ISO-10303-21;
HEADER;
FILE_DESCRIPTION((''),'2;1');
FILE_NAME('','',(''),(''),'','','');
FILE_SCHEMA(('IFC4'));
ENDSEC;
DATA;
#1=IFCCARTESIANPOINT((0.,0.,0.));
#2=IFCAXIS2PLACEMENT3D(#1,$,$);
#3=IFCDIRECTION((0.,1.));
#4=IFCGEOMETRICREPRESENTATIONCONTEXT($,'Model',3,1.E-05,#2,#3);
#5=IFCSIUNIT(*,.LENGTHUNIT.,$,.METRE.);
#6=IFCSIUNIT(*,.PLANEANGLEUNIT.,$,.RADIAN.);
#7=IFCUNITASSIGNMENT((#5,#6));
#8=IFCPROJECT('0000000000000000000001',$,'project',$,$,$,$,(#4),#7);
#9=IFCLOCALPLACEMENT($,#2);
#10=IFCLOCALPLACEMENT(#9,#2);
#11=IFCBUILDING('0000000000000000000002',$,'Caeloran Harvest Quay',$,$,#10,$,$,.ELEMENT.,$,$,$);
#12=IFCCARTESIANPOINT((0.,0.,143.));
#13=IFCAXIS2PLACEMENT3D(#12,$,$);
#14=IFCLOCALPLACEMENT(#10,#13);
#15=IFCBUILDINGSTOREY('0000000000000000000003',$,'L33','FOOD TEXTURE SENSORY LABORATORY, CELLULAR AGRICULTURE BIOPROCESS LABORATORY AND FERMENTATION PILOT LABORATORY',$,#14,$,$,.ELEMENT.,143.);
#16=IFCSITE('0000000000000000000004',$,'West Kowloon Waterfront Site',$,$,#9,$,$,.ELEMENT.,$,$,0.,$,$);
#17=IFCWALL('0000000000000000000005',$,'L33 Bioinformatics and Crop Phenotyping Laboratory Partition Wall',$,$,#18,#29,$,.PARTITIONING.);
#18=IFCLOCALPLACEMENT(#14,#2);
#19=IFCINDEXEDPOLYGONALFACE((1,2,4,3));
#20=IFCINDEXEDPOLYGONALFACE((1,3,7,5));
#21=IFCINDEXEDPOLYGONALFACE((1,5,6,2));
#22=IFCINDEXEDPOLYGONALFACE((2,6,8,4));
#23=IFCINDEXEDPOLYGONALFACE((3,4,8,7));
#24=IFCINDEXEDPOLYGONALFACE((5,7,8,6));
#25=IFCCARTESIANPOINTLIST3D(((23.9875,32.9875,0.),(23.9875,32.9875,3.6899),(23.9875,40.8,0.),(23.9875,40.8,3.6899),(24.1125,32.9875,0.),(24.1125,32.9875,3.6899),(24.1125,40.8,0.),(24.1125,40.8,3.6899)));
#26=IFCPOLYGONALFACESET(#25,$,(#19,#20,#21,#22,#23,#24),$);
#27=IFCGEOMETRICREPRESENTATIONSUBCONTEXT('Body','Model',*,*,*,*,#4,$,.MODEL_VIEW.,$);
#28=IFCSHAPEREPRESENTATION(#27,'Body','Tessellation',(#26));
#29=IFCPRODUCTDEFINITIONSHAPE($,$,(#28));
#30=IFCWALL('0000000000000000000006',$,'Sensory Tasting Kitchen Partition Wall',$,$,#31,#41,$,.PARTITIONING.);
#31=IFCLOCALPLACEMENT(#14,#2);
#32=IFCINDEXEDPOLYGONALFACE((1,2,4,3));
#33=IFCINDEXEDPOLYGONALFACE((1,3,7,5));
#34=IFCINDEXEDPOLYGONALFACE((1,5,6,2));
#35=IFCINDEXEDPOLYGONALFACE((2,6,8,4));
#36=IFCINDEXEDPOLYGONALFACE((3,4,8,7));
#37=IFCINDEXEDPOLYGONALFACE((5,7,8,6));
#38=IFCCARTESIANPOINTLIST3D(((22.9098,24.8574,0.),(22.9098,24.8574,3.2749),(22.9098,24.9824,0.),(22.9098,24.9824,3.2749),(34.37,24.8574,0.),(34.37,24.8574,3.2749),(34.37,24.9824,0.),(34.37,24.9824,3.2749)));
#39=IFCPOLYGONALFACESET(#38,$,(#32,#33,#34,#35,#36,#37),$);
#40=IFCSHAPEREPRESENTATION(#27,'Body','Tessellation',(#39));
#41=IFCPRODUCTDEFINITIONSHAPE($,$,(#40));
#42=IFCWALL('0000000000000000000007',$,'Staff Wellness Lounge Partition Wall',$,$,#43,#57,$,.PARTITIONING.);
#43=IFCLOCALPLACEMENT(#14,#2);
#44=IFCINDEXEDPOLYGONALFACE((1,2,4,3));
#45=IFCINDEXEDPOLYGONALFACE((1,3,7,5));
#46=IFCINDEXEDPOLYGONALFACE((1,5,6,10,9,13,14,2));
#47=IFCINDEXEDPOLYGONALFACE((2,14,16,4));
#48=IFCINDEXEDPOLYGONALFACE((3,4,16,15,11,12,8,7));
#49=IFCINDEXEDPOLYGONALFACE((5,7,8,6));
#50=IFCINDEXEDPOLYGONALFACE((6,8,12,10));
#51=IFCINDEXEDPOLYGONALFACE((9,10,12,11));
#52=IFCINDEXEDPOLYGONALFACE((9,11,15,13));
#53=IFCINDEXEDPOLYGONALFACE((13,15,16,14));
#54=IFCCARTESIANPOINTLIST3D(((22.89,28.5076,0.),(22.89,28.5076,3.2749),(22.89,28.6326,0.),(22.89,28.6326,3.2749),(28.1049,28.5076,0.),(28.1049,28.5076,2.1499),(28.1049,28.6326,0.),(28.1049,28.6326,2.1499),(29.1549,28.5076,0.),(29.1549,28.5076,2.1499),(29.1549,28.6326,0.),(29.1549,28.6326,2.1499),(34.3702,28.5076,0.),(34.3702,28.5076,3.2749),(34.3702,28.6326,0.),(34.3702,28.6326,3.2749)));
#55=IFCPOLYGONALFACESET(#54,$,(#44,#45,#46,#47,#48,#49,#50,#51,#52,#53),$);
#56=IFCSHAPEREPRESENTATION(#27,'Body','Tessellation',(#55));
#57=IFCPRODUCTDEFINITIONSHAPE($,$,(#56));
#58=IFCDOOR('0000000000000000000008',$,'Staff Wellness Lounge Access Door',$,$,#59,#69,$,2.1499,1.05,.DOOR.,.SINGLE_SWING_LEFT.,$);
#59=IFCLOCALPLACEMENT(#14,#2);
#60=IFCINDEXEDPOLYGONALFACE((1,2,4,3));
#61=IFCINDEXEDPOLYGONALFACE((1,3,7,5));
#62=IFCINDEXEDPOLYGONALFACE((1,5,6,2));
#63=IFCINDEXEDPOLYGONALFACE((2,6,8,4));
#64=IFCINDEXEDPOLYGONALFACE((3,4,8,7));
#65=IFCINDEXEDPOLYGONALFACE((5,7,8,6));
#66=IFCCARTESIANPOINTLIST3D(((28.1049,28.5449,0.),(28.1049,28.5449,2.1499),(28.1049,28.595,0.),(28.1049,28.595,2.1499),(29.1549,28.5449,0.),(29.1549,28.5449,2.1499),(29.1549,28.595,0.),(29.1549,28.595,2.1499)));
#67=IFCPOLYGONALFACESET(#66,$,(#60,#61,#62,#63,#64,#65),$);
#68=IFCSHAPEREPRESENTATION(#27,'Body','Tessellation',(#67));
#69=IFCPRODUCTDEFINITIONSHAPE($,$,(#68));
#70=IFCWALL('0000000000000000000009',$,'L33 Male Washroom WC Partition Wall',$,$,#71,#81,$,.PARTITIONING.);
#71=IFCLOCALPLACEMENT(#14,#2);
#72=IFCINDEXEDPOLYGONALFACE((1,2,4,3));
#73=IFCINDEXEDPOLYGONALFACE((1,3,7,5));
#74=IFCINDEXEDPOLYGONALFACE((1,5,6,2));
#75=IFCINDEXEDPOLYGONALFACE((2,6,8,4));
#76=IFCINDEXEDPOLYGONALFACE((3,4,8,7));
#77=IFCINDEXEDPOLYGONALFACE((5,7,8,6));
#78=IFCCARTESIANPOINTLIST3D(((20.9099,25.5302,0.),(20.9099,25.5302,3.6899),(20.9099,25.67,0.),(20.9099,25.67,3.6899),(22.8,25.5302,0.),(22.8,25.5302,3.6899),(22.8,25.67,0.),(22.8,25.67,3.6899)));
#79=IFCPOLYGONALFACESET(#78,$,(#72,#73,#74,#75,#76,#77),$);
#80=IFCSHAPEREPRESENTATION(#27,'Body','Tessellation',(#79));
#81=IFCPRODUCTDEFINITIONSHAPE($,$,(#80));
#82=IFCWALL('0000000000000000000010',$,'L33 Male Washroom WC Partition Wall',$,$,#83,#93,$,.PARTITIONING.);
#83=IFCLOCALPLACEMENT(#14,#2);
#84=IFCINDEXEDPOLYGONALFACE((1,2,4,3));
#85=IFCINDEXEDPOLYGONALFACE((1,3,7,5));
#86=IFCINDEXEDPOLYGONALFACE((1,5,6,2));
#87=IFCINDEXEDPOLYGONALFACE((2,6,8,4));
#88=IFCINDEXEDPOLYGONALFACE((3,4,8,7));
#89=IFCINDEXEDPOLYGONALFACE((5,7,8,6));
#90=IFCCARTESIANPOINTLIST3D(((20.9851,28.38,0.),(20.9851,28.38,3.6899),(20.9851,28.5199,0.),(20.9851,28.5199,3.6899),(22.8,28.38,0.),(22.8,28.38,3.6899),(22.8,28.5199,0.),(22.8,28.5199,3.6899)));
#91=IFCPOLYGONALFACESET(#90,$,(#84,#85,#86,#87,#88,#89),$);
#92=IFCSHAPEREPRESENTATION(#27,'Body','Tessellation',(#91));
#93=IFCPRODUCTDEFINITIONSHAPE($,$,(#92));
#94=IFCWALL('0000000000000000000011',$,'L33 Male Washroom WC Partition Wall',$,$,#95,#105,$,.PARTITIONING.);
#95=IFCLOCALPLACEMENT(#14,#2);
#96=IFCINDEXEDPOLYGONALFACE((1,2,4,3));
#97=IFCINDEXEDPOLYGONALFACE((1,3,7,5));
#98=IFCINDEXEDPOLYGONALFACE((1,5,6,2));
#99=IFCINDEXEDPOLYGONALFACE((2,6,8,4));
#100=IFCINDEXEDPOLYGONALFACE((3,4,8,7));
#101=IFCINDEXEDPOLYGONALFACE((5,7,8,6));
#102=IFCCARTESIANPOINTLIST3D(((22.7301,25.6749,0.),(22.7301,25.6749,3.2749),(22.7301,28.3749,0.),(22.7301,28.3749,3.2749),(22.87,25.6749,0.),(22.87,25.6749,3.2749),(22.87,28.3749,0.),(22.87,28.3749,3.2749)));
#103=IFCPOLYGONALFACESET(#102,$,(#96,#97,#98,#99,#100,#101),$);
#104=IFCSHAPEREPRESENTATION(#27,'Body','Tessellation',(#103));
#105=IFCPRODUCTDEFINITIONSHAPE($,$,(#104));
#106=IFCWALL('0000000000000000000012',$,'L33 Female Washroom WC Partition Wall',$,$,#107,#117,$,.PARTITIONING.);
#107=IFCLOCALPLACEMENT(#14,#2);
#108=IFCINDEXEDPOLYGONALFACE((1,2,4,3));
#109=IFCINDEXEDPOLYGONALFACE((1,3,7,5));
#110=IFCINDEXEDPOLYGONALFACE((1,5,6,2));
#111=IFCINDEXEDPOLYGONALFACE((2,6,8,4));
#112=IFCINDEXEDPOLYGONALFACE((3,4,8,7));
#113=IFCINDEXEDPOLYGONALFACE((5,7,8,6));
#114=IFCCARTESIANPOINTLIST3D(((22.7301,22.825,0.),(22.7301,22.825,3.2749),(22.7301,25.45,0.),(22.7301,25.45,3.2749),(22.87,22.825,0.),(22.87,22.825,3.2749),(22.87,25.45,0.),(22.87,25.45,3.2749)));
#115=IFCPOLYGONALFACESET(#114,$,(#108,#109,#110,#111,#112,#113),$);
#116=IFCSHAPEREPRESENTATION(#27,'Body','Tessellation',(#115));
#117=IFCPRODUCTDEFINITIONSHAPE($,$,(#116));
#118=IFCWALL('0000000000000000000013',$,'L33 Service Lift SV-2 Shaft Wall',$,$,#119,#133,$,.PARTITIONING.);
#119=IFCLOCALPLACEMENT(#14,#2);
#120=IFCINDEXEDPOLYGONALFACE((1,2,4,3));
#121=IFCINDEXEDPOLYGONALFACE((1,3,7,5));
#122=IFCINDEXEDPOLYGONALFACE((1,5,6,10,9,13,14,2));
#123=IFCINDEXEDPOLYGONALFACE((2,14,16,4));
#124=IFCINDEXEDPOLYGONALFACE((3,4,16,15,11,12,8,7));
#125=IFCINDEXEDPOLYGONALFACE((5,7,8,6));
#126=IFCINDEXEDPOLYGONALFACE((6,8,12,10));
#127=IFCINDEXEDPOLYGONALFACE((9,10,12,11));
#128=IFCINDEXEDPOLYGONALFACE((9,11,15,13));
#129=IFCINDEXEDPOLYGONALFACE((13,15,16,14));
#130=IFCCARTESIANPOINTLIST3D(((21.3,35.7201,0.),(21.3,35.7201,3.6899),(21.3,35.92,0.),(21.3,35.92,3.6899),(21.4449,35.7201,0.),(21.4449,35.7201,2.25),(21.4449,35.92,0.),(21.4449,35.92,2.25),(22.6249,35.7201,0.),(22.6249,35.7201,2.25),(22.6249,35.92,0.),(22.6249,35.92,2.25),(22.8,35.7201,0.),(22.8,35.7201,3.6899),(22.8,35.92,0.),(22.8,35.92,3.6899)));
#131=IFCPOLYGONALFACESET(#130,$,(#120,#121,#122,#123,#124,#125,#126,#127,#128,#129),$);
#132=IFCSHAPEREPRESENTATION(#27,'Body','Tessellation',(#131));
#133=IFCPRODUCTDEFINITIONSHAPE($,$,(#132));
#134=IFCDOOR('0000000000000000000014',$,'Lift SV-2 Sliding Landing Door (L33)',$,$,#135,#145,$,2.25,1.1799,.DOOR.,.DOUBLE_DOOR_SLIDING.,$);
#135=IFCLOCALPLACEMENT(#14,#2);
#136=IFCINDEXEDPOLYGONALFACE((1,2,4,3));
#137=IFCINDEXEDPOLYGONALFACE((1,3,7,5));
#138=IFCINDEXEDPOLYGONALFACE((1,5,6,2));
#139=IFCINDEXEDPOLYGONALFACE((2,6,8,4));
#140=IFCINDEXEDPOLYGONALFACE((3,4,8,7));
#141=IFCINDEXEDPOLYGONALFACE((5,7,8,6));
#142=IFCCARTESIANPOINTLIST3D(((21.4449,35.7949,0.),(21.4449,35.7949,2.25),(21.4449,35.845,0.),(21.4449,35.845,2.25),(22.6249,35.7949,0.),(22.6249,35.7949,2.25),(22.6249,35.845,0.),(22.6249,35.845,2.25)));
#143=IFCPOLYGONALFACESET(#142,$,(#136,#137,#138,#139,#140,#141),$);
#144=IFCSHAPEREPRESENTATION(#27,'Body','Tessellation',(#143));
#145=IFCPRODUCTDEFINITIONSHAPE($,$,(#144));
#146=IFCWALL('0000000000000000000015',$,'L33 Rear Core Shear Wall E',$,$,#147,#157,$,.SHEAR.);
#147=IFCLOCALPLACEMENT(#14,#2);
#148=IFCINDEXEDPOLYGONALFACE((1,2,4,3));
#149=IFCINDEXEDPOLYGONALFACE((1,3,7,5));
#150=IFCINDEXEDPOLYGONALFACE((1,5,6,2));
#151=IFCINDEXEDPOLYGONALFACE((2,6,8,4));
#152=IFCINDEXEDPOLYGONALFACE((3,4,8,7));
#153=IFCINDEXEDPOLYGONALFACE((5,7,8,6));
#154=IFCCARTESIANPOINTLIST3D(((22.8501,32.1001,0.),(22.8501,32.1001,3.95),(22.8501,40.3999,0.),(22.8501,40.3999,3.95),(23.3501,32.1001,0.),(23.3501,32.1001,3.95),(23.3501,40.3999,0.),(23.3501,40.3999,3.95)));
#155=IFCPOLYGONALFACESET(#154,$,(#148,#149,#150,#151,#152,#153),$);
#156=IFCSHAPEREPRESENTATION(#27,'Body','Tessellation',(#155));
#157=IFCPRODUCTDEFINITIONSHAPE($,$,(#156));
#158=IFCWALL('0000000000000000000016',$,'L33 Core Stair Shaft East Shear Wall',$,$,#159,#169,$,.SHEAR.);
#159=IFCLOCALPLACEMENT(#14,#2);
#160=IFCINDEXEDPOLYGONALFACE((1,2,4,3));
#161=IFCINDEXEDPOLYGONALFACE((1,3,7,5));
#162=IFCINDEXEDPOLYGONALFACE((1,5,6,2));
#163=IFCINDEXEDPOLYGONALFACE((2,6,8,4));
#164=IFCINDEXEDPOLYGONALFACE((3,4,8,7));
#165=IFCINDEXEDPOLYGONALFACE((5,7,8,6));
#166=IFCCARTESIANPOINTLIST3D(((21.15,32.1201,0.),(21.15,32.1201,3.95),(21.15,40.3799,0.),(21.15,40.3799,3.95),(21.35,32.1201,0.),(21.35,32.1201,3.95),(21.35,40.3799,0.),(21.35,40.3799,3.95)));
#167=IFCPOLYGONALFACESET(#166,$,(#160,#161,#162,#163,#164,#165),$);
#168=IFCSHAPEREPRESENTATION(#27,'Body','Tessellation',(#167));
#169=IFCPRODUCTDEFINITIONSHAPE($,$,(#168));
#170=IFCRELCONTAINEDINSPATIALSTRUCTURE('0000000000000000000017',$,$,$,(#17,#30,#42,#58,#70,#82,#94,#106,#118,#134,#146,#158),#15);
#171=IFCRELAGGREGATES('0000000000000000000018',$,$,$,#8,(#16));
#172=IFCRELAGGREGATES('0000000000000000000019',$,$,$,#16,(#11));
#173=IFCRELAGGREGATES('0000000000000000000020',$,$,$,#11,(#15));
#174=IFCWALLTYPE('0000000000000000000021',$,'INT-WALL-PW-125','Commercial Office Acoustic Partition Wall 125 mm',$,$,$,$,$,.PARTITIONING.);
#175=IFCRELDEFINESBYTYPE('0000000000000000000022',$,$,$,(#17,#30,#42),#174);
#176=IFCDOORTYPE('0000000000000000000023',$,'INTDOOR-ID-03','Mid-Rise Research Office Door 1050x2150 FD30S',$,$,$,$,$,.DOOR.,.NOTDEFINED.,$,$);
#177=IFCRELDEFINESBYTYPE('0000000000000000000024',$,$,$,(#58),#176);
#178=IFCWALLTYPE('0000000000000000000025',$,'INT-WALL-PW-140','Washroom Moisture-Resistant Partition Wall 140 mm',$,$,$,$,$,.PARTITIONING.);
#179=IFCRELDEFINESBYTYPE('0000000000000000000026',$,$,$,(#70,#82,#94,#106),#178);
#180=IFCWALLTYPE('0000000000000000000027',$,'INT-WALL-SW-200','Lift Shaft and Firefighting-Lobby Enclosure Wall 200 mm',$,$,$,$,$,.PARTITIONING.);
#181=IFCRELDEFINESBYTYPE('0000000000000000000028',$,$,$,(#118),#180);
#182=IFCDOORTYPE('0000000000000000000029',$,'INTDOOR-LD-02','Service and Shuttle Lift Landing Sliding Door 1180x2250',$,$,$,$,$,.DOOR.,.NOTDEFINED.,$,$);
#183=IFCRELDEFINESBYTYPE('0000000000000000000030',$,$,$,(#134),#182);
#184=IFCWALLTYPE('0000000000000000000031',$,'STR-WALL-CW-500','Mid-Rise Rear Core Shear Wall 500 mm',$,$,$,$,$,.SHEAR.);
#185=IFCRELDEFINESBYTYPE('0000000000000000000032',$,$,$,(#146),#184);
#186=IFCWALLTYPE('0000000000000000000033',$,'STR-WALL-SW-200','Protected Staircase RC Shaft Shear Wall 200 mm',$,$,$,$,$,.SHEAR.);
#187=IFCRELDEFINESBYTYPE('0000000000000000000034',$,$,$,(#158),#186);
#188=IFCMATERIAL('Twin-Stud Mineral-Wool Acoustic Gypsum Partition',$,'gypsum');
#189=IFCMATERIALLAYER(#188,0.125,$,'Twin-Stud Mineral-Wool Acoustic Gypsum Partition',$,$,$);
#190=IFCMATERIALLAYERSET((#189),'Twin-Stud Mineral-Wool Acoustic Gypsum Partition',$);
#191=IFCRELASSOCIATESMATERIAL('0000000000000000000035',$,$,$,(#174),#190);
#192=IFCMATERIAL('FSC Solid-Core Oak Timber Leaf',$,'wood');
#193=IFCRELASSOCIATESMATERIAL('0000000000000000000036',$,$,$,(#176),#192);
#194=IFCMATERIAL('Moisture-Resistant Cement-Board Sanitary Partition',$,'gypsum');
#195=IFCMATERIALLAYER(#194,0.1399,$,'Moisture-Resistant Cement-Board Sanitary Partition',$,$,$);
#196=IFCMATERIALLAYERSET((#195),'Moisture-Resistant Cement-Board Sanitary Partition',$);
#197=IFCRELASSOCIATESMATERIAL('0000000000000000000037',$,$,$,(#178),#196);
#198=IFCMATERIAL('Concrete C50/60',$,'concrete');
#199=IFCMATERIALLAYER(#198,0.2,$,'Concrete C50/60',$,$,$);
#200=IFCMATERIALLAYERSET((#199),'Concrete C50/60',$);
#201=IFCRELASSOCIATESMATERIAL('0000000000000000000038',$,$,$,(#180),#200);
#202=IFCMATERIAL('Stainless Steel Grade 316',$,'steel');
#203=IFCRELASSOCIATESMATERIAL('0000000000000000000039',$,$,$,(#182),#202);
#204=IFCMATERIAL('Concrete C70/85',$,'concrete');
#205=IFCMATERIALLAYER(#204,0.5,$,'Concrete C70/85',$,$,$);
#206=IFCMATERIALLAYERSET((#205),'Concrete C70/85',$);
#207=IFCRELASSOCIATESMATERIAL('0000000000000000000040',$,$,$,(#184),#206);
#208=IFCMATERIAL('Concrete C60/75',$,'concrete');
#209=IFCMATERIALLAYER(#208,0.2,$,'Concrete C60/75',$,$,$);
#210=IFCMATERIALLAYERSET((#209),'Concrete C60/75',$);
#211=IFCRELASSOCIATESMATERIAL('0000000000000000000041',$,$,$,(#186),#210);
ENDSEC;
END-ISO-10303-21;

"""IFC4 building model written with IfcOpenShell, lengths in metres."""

from ifc_helpers import new_model, si_unit, direction, frame, frame_2d, origin, place, context, subcontext, project, spatial, rectangle, extrude, material, layer, layer_set, type_object, element, fill, save


model = new_model("IFC4")

# Units and contexts
model_context = context("Model", 3, precision=1e-05, world=origin(), true_north=direction((0.0, 1.0)))
body_context = subcontext(model_context, "Body", "Model", "MODEL_VIEW")
ifc_project = project(units=[si_unit("LENGTHUNIT", "METRE"), si_unit("PLANEANGLEUNIT", "RADIAN")], contexts=[model_context])

# Site, building, storey
site_placement = place(None, origin())
site = spatial("IfcSite", under=ifc_project, at=site_placement, Name="West Kowloon Waterfront Site", CompositionType="ELEMENT", RefElevation=0.0)
building_placement = place(site_placement, origin())
building = spatial("IfcBuilding", under=site, at=building_placement, Name="Caeloran Harvest Quay", CompositionType="ELEMENT")
storey_placement = place(building_placement, frame((0.0, 0.0, 143.0)))
storey = spatial("IfcBuildingStorey", under=building, at=storey_placement, Name="L33", Description="FOOD TEXTURE SENSORY LABORATORY, CELLULAR AGRICULTURE BIOPROCESS LABORATORY AND FERMENTATION PILOT LABORATORY", CompositionType="ELEMENT", Elevation=143.0)

# Walls
ifc_material_1 = material(Name="Twin-Stud Mineral-Wool Acoustic Gypsum Partition", Category="gypsum")
ifc_layer_1 = layer(ifc_material_1, 0.125, Name="Twin-Stud Mineral-Wool Acoustic Gypsum Partition")
ifc_layer_set_1 = layer_set([ifc_layer_1], Name="Twin-Stud Mineral-Wool Acoustic Gypsum Partition")
wall_type_1 = type_object("IfcWallType", Name="INT-WALL-PW-125", Description="Commercial Office Acoustic Partition Wall 125 mm", PredefinedType="PARTITIONING", material=ifc_layer_set_1)
wall_1_placement = place(storey_placement, frame((24.05, 32.9875, 0.0), z_axis=(0.0, 0.0, 1.0), x_axis=(0.0, 1.0, 0.0)))
element("IfcWall", 1, at=wall_1_placement, inside=storey, type_object=wall_type_1, Name="L33 Bioinformatics and Crop Phenotyping Laboratory Partition Wall", PredefinedType="PARTITIONING", context=body_context, shape_type="SweptSolid", body=[
    extrude(rectangle(XDim=7.8125, YDim=0.125, at=frame_2d((3.9062, 0.0))), origin(), (0.0, 0.0, 1.0), 3.6899),
])
wall_2_placement = place(storey_placement, frame((22.9099, 24.9199, 0.0), z_axis=(0.0, 0.0, 1.0), x_axis=(1.0, 0.0, 0.0)))
element("IfcWall", 2, at=wall_2_placement, inside=storey, type_object=wall_type_1, Name="Sensory Tasting Kitchen Partition Wall", PredefinedType="PARTITIONING", context=body_context, shape_type="SweptSolid", body=[
    extrude(rectangle(XDim=11.4602, YDim=0.125, at=frame_2d((5.73, 0.0))), origin(), (0.0, 0.0, 1.0), 3.2749),
])

# Wall, opening, door
wall_3_placement = place(storey_placement, frame((22.8899, 28.5701, 0.0), z_axis=(0.0, 0.0, 1.0), x_axis=(1.0, 0.0, 0.0)))
wall_3 = element("IfcWall", 3, at=wall_3_placement, inside=storey, type_object=wall_type_1, Name="Staff Wellness Lounge Partition Wall", PredefinedType="PARTITIONING", context=body_context, shape_type="SweptSolid", body=[
    extrude(rectangle(XDim=11.4802, YDim=0.125, at=frame_2d((5.7402, 0.0))), origin(), (0.0, 0.0, 1.0), 3.2749),
])
opening_1_placement = place(wall_3_placement, frame((5.2151, 0.0, 0.0)))
opening_1 = element("IfcOpeningElement", 4, at=opening_1_placement, cuts=wall_3, PredefinedType="OPENING", context=body_context, shape_type="SweptSolid", body=[
    extrude(rectangle(XDim=1.05, YDim=2.1499, at=frame_2d((0.5249, 1.075))), frame((0.0, 0.0725, 0.0), z_axis=(0.0, -1.0, 0.0), x_axis=(1.0, 0.0, 0.0)), (0.0, 0.0, 1.0), 0.145),
])
ifc_material_2 = material(Name="FSC Solid-Core Oak Timber Leaf", Category="wood")
door_type_1 = type_object("IfcDoorType", Name="INTDOOR-ID-03", Description="Mid-Rise Research Office Door 1050x2150 FD30S", OperationType="NOTDEFINED", PredefinedType="DOOR", material=ifc_material_2)
door_1_placement = place(opening_1_placement, origin())
door_1 = element("IfcDoor", 5, at=door_1_placement, inside=storey, type_object=door_type_1, Name="Staff Wellness Lounge Access Door", OperationType="SINGLE_SWING_LEFT", OverallHeight=2.1499, OverallWidth=1.05, PredefinedType="DOOR", context=body_context, shape_type="SweptSolid", body=[
    extrude(rectangle(XDim=1.05, YDim=2.1499, at=frame_2d((0.5249, 1.075))), frame((0.0, 0.0249, 0.0), z_axis=(0.0, -1.0, 0.0), x_axis=(1.0, 0.0, 0.0)), (0.0, 0.0, 1.0), 0.05),
])
fill(opening_1, door_1)

# Wall
ifc_material_3 = material(Name="Moisture-Resistant Cement-Board Sanitary Partition", Category="gypsum")
ifc_layer_2 = layer(ifc_material_3, 0.1399, Name="Moisture-Resistant Cement-Board Sanitary Partition")
ifc_layer_set_2 = layer_set([ifc_layer_2], Name="Moisture-Resistant Cement-Board Sanitary Partition")
wall_type_2 = type_object("IfcWallType", Name="INT-WALL-PW-140", Description="Washroom Moisture-Resistant Partition Wall 140 mm", PredefinedType="PARTITIONING", material=ifc_layer_set_2)
wall_4_placement = place(storey_placement, frame((22.8, 25.6001, 0.0), z_axis=(0.0, 0.0, 1.0), x_axis=(-1.0, 0.0, 0.0)))
element("IfcWall", 6, at=wall_4_placement, inside=storey, type_object=wall_type_2, Name="L33 Male Washroom WC Partition Wall", PredefinedType="PARTITIONING", context=body_context, shape_type="SweptSolid", body=[
    extrude(rectangle(XDim=1.8901, YDim=0.1399, at=frame_2d((0.9451, 0.0))), origin(), (0.0, 0.0, 1.0), 3.6899),
])

# Walls
wall_5_placement = place(storey_placement, frame((20.9851, 28.45, 0.0), z_axis=(0.0, 0.0, 1.0), x_axis=(1.0, 0.0, 0.0)))
element("IfcWall", 7, at=wall_5_placement, inside=storey, type_object=wall_type_2, Name="L33 Male Washroom WC Partition Wall", PredefinedType="PARTITIONING", context=body_context, shape_type="SweptSolid", body=[
    extrude(rectangle(XDim=1.8149, YDim=0.1399, at=frame_2d((0.9075, 0.0))), origin(), (0.0, 0.0, 1.0), 3.6899),
])
wall_6_placement = place(storey_placement, frame((22.8, 28.375, 0.0), z_axis=(0.0, 0.0, 1.0), x_axis=(0.0, -1.0, 0.0)))
element("IfcWall", 8, at=wall_6_placement, inside=storey, type_object=wall_type_2, Name="L33 Male Washroom WC Partition Wall", PredefinedType="PARTITIONING", context=body_context, shape_type="SweptSolid", body=[
    extrude(rectangle(XDim=2.7, YDim=0.1399, at=frame_2d((1.3501, 0.0))), origin(), (0.0, 0.0, 1.0), 3.2749),
])
wall_7_placement = place(storey_placement, frame((22.8, 25.45, 0.0), z_axis=(0.0, 0.0, 1.0), x_axis=(0.0, -1.0, 0.0)))
element("IfcWall", 9, at=wall_7_placement, inside=storey, type_object=wall_type_2, Name="L33 Female Washroom WC Partition Wall", PredefinedType="PARTITIONING", context=body_context, shape_type="SweptSolid", body=[
    extrude(rectangle(XDim=2.625, YDim=0.1399, at=frame_2d((1.3125, 0.0))), origin(), (0.0, 0.0, 1.0), 3.2749),
])

# Wall, opening, door
ifc_material_4 = material(Name="Concrete C50/60", Category="concrete")
ifc_layer_3 = layer(ifc_material_4, 0.2, Name="Concrete C50/60")
ifc_layer_set_3 = layer_set([ifc_layer_3], Name="Concrete C50/60")
wall_type_3 = type_object("IfcWallType", Name="INT-WALL-SW-200", Description="Lift Shaft and Firefighting-Lobby Enclosure Wall 200 mm", PredefinedType="PARTITIONING", material=ifc_layer_set_3)
wall_8_placement = place(storey_placement, frame((21.3, 35.8201, 0.0), z_axis=(0.0, 0.0, 1.0), x_axis=(1.0, 0.0, 0.0)))
wall_8 = element("IfcWall", 10, at=wall_8_placement, inside=storey, type_object=wall_type_3, Name="L33 Service Lift SV-2 Shaft Wall", PredefinedType="PARTITIONING", context=body_context, shape_type="SweptSolid", body=[
    extrude(rectangle(XDim=1.5, YDim=0.2, at=frame_2d((0.75, 0.0))), origin(), (0.0, 0.0, 1.0), 3.6899),
])
opening_2_placement = place(wall_8_placement, frame((0.145, 0.0, 0.0)))
opening_2 = element("IfcOpeningElement", 11, at=opening_2_placement, cuts=wall_8, PredefinedType="OPENING", context=body_context, shape_type="SweptSolid", body=[
    extrude(rectangle(XDim=1.1799, YDim=2.25, at=frame_2d((0.5898, 1.125))), frame((0.0, 0.1099, 0.0), z_axis=(0.0, -1.0, 0.0), x_axis=(1.0, 0.0, 0.0)), (0.0, 0.0, 1.0), 0.22),
])
ifc_material_5 = material(Name="Stainless Steel Grade 316", Category="steel")
door_type_2 = type_object("IfcDoorType", Name="INTDOOR-LD-02", Description="Service and Shuttle Lift Landing Sliding Door 1180x2250", OperationType="NOTDEFINED", PredefinedType="DOOR", material=ifc_material_5)
door_2_placement = place(opening_2_placement, origin())
door_2 = element("IfcDoor", 12, at=door_2_placement, inside=storey, type_object=door_type_2, Name="Lift SV-2 Sliding Landing Door (L33)", OperationType="DOUBLE_DOOR_SLIDING", OverallHeight=2.25, OverallWidth=1.1799, PredefinedType="DOOR", context=body_context, shape_type="SweptSolid", body=[
    extrude(rectangle(XDim=1.1799, YDim=2.25, at=frame_2d((0.5898, 1.125))), frame((0.0, 0.0249, 0.0), z_axis=(0.0, -1.0, 0.0), x_axis=(1.0, 0.0, 0.0)), (0.0, 0.0, 1.0), 0.05),
])
fill(opening_2, door_2)

# Walls
ifc_material_6 = material(Name="Concrete C70/85", Category="concrete")
ifc_layer_4 = layer(ifc_material_6, 0.5, Name="Concrete C70/85")
ifc_layer_set_4 = layer_set([ifc_layer_4], Name="Concrete C70/85")
wall_type_4 = type_object("IfcWallType", Name="STR-WALL-CW-500", Description="Mid-Rise Rear Core Shear Wall 500 mm", PredefinedType="SHEAR", material=ifc_layer_set_4)
wall_9_placement = place(storey_placement, frame((23.1001, 32.1001, 0.0), z_axis=(0.0, 0.0, 1.0), x_axis=(0.0, 1.0, 0.0)))
element("IfcWall", 13, at=wall_9_placement, inside=storey, type_object=wall_type_4, Name="L33 Rear Core Shear Wall E", PredefinedType="SHEAR", context=body_context, shape_type="SweptSolid", body=[
    extrude(rectangle(XDim=8.2998, YDim=0.5, at=frame_2d((4.1499, 0.0))), origin(), (0.0, 0.0, 1.0), 3.95),
])
ifc_material_7 = material(Name="Concrete C60/75", Category="concrete")
ifc_layer_5 = layer(ifc_material_7, 0.2, Name="Concrete C60/75")
ifc_layer_set_5 = layer_set([ifc_layer_5], Name="Concrete C60/75")
wall_type_5 = type_object("IfcWallType", Name="STR-WALL-SW-200", Description="Protected Staircase RC Shaft Shear Wall 200 mm", PredefinedType="SHEAR", material=ifc_layer_set_5)
wall_10_placement = place(storey_placement, frame((21.25, 32.1201, 0.0), z_axis=(0.0, 0.0, 1.0), x_axis=(0.0, 1.0, 0.0)))
element("IfcWall", 14, at=wall_10_placement, inside=storey, type_object=wall_type_5, Name="L33 Core Stair Shaft East Shear Wall", PredefinedType="SHEAR", context=body_context, shape_type="SweptSolid", body=[
    extrude(rectangle(XDim=8.2598, YDim=0.2, at=frame_2d((4.1299, 0.0))), origin(), (0.0, 0.0, 1.0), 3.95),
])

save(model, "model.ifc")
